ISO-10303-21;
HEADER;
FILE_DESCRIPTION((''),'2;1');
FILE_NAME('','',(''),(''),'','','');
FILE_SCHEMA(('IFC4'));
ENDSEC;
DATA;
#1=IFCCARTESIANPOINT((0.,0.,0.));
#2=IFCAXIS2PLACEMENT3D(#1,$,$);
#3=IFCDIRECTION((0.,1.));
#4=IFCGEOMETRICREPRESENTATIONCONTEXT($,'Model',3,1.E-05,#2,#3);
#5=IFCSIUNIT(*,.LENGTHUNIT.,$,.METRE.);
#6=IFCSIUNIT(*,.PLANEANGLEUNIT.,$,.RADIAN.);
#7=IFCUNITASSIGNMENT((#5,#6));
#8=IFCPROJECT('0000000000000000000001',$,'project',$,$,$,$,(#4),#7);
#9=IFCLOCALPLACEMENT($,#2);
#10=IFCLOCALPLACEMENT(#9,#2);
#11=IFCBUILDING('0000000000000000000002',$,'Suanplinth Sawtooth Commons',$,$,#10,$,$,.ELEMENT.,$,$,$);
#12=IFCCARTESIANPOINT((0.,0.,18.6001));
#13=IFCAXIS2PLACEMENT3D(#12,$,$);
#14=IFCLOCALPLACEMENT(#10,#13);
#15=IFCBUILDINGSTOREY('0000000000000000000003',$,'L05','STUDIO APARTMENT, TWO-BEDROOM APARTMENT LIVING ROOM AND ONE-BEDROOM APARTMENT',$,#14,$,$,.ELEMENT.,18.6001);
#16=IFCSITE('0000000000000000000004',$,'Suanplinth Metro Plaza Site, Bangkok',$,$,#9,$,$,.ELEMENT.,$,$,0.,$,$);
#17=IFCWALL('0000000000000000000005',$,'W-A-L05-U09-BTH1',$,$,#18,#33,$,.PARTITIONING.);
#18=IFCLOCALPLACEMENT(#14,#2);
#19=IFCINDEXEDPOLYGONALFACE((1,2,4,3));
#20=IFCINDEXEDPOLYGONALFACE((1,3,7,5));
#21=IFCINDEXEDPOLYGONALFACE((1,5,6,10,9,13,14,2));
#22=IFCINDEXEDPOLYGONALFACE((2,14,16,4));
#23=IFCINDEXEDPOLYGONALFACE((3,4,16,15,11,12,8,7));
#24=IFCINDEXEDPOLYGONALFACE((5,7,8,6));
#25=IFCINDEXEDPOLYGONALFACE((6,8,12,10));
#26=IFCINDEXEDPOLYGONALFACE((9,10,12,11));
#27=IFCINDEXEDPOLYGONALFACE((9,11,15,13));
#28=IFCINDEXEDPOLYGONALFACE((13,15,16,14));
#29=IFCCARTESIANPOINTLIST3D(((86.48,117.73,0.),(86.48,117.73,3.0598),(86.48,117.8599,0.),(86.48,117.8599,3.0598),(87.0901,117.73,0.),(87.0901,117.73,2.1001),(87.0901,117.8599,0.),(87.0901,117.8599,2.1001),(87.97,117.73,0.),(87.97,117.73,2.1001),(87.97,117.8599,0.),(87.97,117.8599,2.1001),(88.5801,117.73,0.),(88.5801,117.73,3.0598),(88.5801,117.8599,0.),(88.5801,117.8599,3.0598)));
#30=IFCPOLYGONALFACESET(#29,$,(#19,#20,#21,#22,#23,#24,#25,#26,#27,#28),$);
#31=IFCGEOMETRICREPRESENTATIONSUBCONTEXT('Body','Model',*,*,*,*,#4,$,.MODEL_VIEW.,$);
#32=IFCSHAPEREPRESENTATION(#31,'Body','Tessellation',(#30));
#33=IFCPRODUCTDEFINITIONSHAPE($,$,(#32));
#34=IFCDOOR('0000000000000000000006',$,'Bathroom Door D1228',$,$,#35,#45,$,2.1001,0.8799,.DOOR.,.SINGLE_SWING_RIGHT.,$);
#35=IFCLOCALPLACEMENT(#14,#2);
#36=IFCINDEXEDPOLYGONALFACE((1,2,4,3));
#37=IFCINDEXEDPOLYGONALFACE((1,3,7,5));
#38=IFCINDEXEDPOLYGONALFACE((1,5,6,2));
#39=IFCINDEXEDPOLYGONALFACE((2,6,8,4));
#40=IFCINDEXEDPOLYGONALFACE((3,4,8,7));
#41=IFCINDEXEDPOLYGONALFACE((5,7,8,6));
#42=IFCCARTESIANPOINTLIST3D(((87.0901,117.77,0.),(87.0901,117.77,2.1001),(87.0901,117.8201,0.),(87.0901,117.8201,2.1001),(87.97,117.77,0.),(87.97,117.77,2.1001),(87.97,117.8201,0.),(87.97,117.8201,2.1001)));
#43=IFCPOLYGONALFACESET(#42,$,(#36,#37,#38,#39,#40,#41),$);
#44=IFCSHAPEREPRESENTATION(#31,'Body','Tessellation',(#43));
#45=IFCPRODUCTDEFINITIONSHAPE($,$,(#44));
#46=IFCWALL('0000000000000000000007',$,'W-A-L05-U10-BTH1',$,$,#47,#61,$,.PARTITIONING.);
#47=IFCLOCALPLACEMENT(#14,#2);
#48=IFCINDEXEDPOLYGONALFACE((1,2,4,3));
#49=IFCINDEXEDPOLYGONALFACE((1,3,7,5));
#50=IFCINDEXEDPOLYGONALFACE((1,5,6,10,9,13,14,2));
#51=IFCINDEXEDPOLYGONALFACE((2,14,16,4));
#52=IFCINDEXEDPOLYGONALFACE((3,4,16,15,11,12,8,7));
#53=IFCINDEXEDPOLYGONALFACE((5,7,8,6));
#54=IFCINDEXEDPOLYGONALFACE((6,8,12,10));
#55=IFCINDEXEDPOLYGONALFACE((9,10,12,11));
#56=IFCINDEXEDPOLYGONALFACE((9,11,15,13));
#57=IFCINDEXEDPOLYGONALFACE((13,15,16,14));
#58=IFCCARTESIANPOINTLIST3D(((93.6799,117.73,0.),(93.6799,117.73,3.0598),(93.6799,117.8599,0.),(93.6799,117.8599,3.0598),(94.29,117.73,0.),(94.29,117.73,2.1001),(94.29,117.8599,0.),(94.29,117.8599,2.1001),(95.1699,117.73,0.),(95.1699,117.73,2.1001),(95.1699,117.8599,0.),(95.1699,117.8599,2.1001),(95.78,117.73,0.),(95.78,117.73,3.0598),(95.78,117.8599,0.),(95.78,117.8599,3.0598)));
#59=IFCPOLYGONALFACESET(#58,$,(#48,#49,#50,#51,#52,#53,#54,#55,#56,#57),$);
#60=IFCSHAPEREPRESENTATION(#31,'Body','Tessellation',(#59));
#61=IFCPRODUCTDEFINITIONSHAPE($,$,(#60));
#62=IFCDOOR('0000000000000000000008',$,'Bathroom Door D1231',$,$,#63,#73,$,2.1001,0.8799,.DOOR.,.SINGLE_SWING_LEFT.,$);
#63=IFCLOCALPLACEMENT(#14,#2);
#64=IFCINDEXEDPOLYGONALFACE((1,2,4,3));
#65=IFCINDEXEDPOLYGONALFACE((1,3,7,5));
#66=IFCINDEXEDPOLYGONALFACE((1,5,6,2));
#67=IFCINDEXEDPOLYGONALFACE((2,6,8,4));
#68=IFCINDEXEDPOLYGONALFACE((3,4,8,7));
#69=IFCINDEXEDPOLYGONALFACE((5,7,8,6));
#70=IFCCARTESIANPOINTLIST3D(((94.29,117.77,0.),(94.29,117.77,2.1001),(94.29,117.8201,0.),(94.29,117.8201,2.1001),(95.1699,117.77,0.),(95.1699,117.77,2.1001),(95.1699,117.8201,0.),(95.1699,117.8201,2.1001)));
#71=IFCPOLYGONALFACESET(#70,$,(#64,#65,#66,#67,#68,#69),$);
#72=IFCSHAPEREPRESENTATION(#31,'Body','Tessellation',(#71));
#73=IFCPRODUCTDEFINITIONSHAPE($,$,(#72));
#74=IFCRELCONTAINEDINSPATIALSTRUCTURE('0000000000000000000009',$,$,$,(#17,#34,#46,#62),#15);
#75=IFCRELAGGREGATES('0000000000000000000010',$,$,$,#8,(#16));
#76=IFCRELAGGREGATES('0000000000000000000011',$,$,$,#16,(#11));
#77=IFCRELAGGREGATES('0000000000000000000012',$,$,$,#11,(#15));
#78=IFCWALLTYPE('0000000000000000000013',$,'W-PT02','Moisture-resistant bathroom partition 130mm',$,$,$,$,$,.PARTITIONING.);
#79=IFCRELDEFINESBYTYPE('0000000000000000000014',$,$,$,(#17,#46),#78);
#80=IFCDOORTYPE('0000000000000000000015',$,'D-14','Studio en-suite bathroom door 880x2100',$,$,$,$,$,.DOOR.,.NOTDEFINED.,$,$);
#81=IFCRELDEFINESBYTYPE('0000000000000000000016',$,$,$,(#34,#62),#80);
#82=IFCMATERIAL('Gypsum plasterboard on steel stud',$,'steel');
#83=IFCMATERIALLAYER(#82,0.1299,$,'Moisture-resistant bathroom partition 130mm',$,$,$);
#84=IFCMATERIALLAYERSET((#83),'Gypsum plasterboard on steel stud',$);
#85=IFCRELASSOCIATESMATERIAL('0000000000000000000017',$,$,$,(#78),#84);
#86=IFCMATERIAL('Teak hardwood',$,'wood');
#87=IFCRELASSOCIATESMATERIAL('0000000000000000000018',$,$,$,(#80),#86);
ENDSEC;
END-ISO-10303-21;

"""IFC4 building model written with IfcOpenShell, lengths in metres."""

from ifc_helpers import new_model, si_unit, direction, frame, frame_2d, origin, place, context, subcontext, project, spatial, rectangle, extrude, material, layer, layer_set, type_object, element, fill, save


model = new_model("IFC4")

# Units and contexts
model_context = context("Model", 3, precision=1e-05, world=origin(), true_north=direction((0.0, 1.0)))
body_context = subcontext(model_context, "Body", "Model", "MODEL_VIEW")
ifc_project = project(units=[si_unit("LENGTHUNIT", "METRE"), si_unit("PLANEANGLEUNIT", "RADIAN")], contexts=[model_context])

# Site, building, storey
site_placement = place(None, origin())
site = spatial("IfcSite", under=ifc_project, at=site_placement, Name="Suanplinth Metro Plaza Site, Bangkok", CompositionType="ELEMENT", RefElevation=0.0)
building_placement = place(site_placement, origin())
building = spatial("IfcBuilding", under=site, at=building_placement, Name="Suanplinth Sawtooth Commons", CompositionType="ELEMENT")
storey_placement = place(building_placement, frame((0.0, 0.0, 18.6001)))
storey = spatial("IfcBuildingStorey", under=building, at=storey_placement, Name="L05", Description="STUDIO APARTMENT, TWO-BEDROOM APARTMENT LIVING ROOM AND ONE-BEDROOM APARTMENT", CompositionType="ELEMENT", Elevation=18.6001)

# Walls, openings, doors
ifc_material_1 = material(Name="Gypsum plasterboard on steel stud", Category="steel")
ifc_material_2 = material(Name="Teak hardwood", Category="wood")
ifc_layer_1 = layer(ifc_material_1, 0.1299, Name="Moisture-resistant bathroom partition 130mm")
ifc_layer_set_1 = layer_set([ifc_layer_1], Name="Gypsum plasterboard on steel stud")
wall_type_1 = type_object("IfcWallType", Name="W-PT02", Description="Moisture-resistant bathroom partition 130mm", PredefinedType="PARTITIONING", material=ifc_layer_set_1)
wall_1_placement = place(storey_placement, frame((86.48, 117.7949, 0.0), z_axis=(0.0, 0.0, 1.0), x_axis=(1.0, 0.0, 0.0)))
wall_1 = element("IfcWall", 1, at=wall_1_placement, inside=storey, type_object=wall_type_1, Name="W-A-L05-U09-BTH1", PredefinedType="PARTITIONING", context=body_context, shape_type="SweptSolid", body=[
    extrude(rectangle(XDim=2.1001, YDim=0.1299, at=frame_2d((1.05, 0.0))), origin(), (0.0, 0.0, 1.0), 3.0598),
])
opening_1_placement = place(wall_1_placement, frame((0.6101, 0.0, 0.0)))
opening_1 = element("IfcOpeningElement", 2, at=opening_1_placement, cuts=wall_1, PredefinedType="OPENING", context=body_context, shape_type="SweptSolid", body=[
    extrude(rectangle(XDim=0.8799, YDim=2.1001, at=frame_2d((0.4399, 1.05))), frame((0.0, 0.0798, 0.0), z_axis=(0.0, -1.0, 0.0), x_axis=(1.0, 0.0, 0.0)), (0.0, 0.0, 1.0), 0.1597),
])
door_type_1 = type_object("IfcDoorType", Name="D-14", Description="Studio en-suite bathroom door 880x2100", OperationType="NOTDEFINED", PredefinedType="DOOR", material=ifc_material_2)
door_1_placement = place(opening_1_placement, frame((0.8799, 0.0, 0.0), z_axis=(0.0, 0.0, 1.0), x_axis=(-1.0, 0.0, 0.0)))
door_1 = element("IfcDoor", 3, at=door_1_placement, inside=storey, type_object=door_type_1, Name="Bathroom Door D1228", OperationType="SINGLE_SWING_RIGHT", OverallHeight=2.1001, OverallWidth=0.8799, PredefinedType="DOOR", context=body_context, shape_type="SweptSolid", body=[
    extrude(rectangle(XDim=0.8799, YDim=2.1001, at=frame_2d((0.4399, 1.05))), frame((0.0, 0.0249, 0.0), z_axis=(0.0, -1.0, 0.0), x_axis=(1.0, 0.0, 0.0)), (0.0, 0.0, 1.0), 0.05),
])
fill(opening_1, door_1)
wall_2_placement = place(storey_placement, frame((93.6799, 117.7949, 0.0), z_axis=(0.0, 0.0, 1.0), x_axis=(1.0, 0.0, 0.0)))
wall_2 = element("IfcWall", 4, at=wall_2_placement, inside=storey, type_object=wall_type_1, Name="W-A-L05-U10-BTH1", PredefinedType="PARTITIONING", context=body_context, shape_type="SweptSolid", body=[
    extrude(rectangle(XDim=2.1001, YDim=0.1299, at=frame_2d((1.05, 0.0))), origin(), (0.0, 0.0, 1.0), 3.0598),
])
opening_2_placement = place(wall_2_placement, frame((0.6101, 0.0, 0.0)))
opening_2 = element("IfcOpeningElement", 5, at=opening_2_placement, cuts=wall_2, PredefinedType="OPENING", context=body_context, shape_type="SweptSolid", body=[
    extrude(rectangle(XDim=0.8799, YDim=2.1001, at=frame_2d((0.4399, 1.05))), frame((0.0, 0.0798, 0.0), z_axis=(0.0, -1.0, 0.0), x_axis=(1.0, 0.0, 0.0)), (0.0, 0.0, 1.0), 0.1597),
])
door_2_placement = place(opening_2_placement, frame((0.8799, 0.0, 0.0), z_axis=(0.0, 0.0, 1.0), x_axis=(-1.0, 0.0, 0.0)))
door_2 = element("IfcDoor", 6, at=door_2_placement, inside=storey, type_object=door_type_1, Name="Bathroom Door D1231", OperationType="SINGLE_SWING_LEFT", OverallHeight=2.1001, OverallWidth=0.8799, PredefinedType="DOOR", context=body_context, shape_type="SweptSolid", body=[
    extrude(rectangle(XDim=0.8799, YDim=2.1001, at=frame_2d((0.4399, 1.05))), frame((0.0, 0.0249, 0.0), z_axis=(0.0, -1.0, 0.0), x_axis=(1.0, 0.0, 0.0)), (0.0, 0.0, 1.0), 0.05),
])
fill(opening_2, door_2)

save(model, "model.ifc")
